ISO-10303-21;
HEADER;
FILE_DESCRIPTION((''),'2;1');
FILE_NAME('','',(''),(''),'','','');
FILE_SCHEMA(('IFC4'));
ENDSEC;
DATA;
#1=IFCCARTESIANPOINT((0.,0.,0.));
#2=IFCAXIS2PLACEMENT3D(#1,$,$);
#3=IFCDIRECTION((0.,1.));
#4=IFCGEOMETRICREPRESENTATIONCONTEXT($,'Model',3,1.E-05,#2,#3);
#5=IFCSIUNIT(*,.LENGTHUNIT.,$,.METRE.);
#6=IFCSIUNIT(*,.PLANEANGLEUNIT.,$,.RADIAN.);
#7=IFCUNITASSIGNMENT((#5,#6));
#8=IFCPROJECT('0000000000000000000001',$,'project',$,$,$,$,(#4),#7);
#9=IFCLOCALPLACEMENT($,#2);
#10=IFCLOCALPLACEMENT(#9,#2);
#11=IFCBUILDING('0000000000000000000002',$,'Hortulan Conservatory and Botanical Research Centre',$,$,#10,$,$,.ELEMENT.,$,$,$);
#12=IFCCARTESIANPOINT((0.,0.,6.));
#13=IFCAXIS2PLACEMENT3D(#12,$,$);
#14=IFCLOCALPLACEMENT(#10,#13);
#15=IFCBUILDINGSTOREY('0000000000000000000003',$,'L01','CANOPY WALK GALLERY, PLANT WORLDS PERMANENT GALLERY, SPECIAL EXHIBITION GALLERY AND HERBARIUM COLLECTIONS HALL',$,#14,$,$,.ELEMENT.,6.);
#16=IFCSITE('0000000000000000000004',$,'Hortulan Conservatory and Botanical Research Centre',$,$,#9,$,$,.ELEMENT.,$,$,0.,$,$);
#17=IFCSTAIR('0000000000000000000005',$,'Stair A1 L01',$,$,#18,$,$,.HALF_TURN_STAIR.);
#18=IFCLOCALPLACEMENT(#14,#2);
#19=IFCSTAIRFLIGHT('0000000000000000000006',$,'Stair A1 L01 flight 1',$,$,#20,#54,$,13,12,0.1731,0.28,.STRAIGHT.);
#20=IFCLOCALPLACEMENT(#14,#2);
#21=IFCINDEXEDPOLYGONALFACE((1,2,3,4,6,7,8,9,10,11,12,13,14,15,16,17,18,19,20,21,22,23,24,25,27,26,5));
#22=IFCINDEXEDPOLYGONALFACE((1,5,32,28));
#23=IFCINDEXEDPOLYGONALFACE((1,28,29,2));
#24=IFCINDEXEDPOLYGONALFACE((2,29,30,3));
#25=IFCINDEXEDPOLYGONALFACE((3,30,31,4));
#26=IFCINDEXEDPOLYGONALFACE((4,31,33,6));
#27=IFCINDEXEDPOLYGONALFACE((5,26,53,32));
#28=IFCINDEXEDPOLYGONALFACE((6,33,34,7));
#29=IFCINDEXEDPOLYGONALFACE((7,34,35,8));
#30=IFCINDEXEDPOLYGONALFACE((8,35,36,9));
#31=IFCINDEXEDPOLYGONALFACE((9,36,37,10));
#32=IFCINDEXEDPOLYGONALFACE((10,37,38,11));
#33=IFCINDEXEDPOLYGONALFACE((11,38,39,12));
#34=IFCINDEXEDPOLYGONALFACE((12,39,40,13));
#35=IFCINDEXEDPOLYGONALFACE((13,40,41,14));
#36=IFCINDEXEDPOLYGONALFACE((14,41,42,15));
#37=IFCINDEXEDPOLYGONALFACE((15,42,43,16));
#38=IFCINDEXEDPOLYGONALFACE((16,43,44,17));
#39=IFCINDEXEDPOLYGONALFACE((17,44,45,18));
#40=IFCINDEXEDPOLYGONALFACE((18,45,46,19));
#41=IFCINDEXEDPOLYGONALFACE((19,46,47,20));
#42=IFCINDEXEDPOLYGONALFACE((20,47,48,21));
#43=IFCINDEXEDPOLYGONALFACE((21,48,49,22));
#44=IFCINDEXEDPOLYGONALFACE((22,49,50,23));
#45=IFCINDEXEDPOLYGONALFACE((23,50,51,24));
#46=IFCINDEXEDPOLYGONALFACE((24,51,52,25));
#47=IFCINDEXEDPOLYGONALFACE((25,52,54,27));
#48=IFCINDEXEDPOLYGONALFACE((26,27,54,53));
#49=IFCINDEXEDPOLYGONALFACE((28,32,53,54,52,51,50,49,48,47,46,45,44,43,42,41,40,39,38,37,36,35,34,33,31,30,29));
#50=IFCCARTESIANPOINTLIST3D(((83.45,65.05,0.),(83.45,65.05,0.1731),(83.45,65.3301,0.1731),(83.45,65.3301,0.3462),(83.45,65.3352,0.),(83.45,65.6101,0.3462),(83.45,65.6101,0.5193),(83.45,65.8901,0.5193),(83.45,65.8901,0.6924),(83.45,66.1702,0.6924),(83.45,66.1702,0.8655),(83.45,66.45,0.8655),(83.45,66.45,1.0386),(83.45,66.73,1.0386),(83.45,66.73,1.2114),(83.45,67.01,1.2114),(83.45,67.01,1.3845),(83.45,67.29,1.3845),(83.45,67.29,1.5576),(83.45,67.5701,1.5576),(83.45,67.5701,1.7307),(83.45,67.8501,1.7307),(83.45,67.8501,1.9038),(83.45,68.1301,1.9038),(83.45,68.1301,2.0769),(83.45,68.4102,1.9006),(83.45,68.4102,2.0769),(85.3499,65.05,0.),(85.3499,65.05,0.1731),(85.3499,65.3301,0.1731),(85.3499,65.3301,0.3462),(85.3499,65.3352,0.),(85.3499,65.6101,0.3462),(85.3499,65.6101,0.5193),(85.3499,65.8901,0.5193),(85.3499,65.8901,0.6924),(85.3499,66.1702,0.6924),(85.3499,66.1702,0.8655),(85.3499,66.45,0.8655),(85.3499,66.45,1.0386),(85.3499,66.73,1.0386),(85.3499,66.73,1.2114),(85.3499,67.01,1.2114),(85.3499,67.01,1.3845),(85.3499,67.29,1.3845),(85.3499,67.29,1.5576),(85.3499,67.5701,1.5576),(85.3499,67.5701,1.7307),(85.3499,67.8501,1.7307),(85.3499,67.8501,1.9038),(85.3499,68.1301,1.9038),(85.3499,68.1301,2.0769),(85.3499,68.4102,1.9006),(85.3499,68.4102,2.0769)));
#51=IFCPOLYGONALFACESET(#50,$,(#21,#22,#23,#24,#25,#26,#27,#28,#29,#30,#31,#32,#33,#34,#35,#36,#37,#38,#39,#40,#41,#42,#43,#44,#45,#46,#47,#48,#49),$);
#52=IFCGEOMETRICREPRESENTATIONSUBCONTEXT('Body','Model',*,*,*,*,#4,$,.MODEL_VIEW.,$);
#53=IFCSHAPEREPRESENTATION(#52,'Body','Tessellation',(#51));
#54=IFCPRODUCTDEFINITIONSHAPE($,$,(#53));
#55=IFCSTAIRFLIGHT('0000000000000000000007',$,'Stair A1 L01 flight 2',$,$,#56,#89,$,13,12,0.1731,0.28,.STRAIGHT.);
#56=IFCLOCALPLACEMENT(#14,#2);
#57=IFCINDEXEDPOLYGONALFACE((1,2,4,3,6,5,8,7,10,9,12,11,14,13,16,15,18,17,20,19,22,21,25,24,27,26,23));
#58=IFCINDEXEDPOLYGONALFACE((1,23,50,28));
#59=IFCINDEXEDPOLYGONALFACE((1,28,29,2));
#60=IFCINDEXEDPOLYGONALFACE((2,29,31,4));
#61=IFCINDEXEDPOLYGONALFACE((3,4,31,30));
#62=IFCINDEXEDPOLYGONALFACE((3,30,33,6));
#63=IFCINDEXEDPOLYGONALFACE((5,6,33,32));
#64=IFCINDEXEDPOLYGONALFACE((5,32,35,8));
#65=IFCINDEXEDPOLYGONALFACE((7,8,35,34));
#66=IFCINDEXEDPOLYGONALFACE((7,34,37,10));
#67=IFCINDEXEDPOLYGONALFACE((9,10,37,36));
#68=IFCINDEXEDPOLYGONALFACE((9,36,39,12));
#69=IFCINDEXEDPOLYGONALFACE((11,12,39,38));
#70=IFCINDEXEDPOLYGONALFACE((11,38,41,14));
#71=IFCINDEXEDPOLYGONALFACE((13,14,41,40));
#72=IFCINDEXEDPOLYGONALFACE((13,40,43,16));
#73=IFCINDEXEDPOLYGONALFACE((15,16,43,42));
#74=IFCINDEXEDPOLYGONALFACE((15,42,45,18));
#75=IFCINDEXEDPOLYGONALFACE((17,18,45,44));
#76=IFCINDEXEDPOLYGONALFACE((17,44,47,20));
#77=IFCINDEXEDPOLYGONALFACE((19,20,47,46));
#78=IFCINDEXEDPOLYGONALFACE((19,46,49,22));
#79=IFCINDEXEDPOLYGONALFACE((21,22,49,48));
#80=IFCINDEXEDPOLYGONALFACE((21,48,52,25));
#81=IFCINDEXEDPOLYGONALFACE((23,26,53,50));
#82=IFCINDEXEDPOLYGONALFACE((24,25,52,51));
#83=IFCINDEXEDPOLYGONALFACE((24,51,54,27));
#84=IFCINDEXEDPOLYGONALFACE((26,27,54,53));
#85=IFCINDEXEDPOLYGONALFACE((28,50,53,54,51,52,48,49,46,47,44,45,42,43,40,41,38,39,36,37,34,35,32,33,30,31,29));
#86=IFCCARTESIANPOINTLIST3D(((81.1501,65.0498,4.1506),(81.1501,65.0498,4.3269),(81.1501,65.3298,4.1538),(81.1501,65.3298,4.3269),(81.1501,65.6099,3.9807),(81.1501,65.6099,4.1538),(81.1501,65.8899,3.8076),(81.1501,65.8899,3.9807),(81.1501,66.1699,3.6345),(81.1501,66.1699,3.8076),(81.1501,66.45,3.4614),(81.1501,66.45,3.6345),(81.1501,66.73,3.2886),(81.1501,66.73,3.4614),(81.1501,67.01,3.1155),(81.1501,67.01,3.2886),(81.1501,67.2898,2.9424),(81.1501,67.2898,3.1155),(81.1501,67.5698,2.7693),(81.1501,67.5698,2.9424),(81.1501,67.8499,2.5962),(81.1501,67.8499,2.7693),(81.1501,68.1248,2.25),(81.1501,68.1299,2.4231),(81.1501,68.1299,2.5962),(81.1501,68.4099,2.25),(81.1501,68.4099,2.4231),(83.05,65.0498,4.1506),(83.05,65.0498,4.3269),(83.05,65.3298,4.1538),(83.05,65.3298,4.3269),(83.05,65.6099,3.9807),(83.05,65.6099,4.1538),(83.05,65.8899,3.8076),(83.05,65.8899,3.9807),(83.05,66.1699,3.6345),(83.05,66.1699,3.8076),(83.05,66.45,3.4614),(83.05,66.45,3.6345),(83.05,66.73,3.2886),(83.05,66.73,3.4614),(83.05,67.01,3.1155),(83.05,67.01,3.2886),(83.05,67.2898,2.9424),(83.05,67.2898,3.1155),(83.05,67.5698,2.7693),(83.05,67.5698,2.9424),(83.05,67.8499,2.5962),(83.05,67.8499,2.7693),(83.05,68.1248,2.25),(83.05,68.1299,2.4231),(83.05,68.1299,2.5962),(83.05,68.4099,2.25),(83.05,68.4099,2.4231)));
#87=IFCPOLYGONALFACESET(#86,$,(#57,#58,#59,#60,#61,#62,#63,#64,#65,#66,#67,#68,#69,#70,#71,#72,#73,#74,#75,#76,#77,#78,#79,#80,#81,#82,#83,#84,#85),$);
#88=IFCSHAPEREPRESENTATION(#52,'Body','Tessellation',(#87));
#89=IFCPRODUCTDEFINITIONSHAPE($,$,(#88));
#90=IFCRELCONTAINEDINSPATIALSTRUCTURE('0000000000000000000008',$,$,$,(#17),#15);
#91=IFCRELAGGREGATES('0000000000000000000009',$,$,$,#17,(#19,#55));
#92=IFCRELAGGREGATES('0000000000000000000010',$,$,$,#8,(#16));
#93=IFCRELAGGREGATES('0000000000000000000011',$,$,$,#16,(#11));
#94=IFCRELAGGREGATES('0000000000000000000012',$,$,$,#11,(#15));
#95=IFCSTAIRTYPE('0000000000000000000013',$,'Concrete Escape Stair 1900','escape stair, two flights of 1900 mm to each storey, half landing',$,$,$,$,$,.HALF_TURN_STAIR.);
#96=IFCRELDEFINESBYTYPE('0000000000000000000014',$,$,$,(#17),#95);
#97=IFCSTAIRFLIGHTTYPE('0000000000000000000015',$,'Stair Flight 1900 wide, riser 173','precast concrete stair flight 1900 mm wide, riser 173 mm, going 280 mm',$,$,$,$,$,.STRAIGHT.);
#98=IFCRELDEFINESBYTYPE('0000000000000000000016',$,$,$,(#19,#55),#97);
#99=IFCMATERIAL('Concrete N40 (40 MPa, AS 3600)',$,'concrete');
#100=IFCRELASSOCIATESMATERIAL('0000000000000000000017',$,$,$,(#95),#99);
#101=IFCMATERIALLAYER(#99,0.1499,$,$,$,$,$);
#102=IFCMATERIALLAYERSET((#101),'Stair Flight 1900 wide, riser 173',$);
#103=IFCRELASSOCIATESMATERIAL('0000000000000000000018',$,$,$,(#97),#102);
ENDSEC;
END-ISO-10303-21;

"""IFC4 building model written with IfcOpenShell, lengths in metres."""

from ifc_helpers import new_model, si_unit, direction, frame, origin, place, context, subcontext, project, spatial, polyline, outline, extrude, material, layer, layer_set, type_object, element, aggregate, save


model = new_model("IFC4")

# Units and contexts
model_context = context("Model", 3, precision=1e-05, world=origin(), true_north=direction((0.0, 1.0)))
body_context = subcontext(model_context, "Body", "Model", "MODEL_VIEW")
ifc_project = project(units=[si_unit("LENGTHUNIT", "METRE"), si_unit("PLANEANGLEUNIT", "RADIAN")], contexts=[model_context])

# Site, building, storey
site_placement = place(None, origin())
site = spatial("IfcSite", under=ifc_project, at=site_placement, Name="Hortulan Conservatory and Botanical Research Centre", CompositionType="ELEMENT", RefElevation=0.0)
building_placement = place(site_placement, origin())
building = spatial("IfcBuilding", under=site, at=building_placement, Name="Hortulan Conservatory and Botanical Research Centre", CompositionType="ELEMENT")
storey_placement = place(building_placement, frame((0.0, 0.0, 6.0)))
storey = spatial("IfcBuildingStorey", under=building, at=storey_placement, Name="L01", Description="CANOPY WALK GALLERY, PLANT WORLDS PERMANENT GALLERY, SPECIAL EXHIBITION GALLERY AND HERBARIUM COLLECTIONS HALL", CompositionType="ELEMENT", Elevation=6.0)

# Shared definitions
ifc_material_1 = material(Name="Concrete N40 (40 MPa, AS 3600)", Category="concrete")

# Stair, stair flights
stair_type = type_object("IfcStairType", Name="Concrete Escape Stair 1900", Description="escape stair, two flights of 1900 mm to each storey, half landing", PredefinedType="HALF_TURN_STAIR", material=ifc_material_1)
stair_placement = place(storey_placement, origin())
stair = element("IfcStair", 1, at=stair_placement, inside=storey, type_object=stair_type, Name="Stair A1 L01", PredefinedType="HALF_TURN_STAIR")
ifc_layer_1 = layer(ifc_material_1, 0.1499)
ifc_layer_set_1 = layer_set([ifc_layer_1], Name="Stair Flight 1900 wide, riser 173")
stair_flight_type = type_object("IfcStairFlightType", Name="Stair Flight 1900 wide, riser 173", Description="precast concrete stair flight 1900 mm wide, riser 173 mm, going 280 mm", PredefinedType="STRAIGHT", material=ifc_layer_set_1)
stair_flight_1_placement = place(storey_placement, frame((84.3999, 65.05, 0.0), z_axis=(0.0, 0.0, 1.0), x_axis=(0.0, 1.0, 0.0)))
stair_flight_1 = element("IfcStairFlight", 2, at=stair_flight_1_placement, type_object=stair_flight_type, Name="Stair A1 L01 flight 1", NumberOfRisers=13, NumberOfTreads=12, PredefinedType="STRAIGHT", RiserHeight=0.1731, TreadLength=0.28, context=body_context, shape_type="SweptSolid", body=[
    extrude(outline(polyline([(0.0, 0.0), (0.0, 0.1731), (0.28, 0.1731), (0.28, 0.3462), (0.5601, 0.3462), (0.5601, 0.5193), (0.8401, 0.5193), (0.8401, 0.6924), (1.1201, 0.6924), (1.1201, 0.8655), (1.3999, 0.8655), (1.3999, 1.0386), (1.6799, 1.0386), (1.6799, 1.2114), (1.96, 1.2114), (1.96, 1.3845), (2.24, 1.3845), (2.24, 1.5576), (2.52, 1.5576), (2.52, 1.7307), (2.8, 1.7307), (2.8, 1.9038), (3.0801, 1.9038), (3.0801, 2.0769), (3.3601, 2.0769), (3.3601, 2.25), (3.3601, 1.9006), (0.2852, 0.0), (0.0, 0.0)])), frame((0.0, 0.95, 0.0), z_axis=(0.0, -1.0, 0.0), x_axis=(1.0, 0.0, 0.0)), (0.0, 0.0, 1.0), 1.8999),
])
stair_flight_2_placement = place(storey_placement, frame((82.1001, 68.4099, 2.25), z_axis=(0.0, 0.0, 1.0), x_axis=(0.0, -1.0, 0.0)))
stair_flight_2 = element("IfcStairFlight", 3, at=stair_flight_2_placement, type_object=stair_flight_type, Name="Stair A1 L01 flight 2", NumberOfRisers=13, NumberOfTreads=12, PredefinedType="STRAIGHT", RiserHeight=0.1731, TreadLength=0.28, context=body_context, shape_type="SweptSolid", body=[
    extrude(outline(polyline([(0.0, 0.0), (0.0, 0.1731), (0.28, 0.1731), (0.28, 0.3462), (0.5601, 0.3462), (0.5601, 0.5193), (0.8401, 0.5193), (0.8401, 0.6924), (1.1201, 0.6924), (1.1201, 0.8655), (1.3999, 0.8655), (1.3999, 1.0386), (1.6799, 1.0386), (1.6799, 1.2114), (1.96, 1.2114), (1.96, 1.3845), (2.24, 1.3845), (2.24, 1.5576), (2.52, 1.5576), (2.52, 1.7307), (2.8, 1.7307), (2.8, 1.9038), (3.0801, 1.9038), (3.0801, 2.0769), (3.3601, 2.0769), (3.3601, 2.25), (3.3601, 1.9006), (0.2852, 0.0), (0.0, 0.0)])), frame((0.0, 0.95, 0.0), z_axis=(0.0, -1.0, 0.0), x_axis=(1.0, 0.0, 0.0)), (0.0, 0.0, 1.0), 1.8999),
])
aggregate(stair, [stair_flight_1, stair_flight_2])

save(model, "model.ifc")
